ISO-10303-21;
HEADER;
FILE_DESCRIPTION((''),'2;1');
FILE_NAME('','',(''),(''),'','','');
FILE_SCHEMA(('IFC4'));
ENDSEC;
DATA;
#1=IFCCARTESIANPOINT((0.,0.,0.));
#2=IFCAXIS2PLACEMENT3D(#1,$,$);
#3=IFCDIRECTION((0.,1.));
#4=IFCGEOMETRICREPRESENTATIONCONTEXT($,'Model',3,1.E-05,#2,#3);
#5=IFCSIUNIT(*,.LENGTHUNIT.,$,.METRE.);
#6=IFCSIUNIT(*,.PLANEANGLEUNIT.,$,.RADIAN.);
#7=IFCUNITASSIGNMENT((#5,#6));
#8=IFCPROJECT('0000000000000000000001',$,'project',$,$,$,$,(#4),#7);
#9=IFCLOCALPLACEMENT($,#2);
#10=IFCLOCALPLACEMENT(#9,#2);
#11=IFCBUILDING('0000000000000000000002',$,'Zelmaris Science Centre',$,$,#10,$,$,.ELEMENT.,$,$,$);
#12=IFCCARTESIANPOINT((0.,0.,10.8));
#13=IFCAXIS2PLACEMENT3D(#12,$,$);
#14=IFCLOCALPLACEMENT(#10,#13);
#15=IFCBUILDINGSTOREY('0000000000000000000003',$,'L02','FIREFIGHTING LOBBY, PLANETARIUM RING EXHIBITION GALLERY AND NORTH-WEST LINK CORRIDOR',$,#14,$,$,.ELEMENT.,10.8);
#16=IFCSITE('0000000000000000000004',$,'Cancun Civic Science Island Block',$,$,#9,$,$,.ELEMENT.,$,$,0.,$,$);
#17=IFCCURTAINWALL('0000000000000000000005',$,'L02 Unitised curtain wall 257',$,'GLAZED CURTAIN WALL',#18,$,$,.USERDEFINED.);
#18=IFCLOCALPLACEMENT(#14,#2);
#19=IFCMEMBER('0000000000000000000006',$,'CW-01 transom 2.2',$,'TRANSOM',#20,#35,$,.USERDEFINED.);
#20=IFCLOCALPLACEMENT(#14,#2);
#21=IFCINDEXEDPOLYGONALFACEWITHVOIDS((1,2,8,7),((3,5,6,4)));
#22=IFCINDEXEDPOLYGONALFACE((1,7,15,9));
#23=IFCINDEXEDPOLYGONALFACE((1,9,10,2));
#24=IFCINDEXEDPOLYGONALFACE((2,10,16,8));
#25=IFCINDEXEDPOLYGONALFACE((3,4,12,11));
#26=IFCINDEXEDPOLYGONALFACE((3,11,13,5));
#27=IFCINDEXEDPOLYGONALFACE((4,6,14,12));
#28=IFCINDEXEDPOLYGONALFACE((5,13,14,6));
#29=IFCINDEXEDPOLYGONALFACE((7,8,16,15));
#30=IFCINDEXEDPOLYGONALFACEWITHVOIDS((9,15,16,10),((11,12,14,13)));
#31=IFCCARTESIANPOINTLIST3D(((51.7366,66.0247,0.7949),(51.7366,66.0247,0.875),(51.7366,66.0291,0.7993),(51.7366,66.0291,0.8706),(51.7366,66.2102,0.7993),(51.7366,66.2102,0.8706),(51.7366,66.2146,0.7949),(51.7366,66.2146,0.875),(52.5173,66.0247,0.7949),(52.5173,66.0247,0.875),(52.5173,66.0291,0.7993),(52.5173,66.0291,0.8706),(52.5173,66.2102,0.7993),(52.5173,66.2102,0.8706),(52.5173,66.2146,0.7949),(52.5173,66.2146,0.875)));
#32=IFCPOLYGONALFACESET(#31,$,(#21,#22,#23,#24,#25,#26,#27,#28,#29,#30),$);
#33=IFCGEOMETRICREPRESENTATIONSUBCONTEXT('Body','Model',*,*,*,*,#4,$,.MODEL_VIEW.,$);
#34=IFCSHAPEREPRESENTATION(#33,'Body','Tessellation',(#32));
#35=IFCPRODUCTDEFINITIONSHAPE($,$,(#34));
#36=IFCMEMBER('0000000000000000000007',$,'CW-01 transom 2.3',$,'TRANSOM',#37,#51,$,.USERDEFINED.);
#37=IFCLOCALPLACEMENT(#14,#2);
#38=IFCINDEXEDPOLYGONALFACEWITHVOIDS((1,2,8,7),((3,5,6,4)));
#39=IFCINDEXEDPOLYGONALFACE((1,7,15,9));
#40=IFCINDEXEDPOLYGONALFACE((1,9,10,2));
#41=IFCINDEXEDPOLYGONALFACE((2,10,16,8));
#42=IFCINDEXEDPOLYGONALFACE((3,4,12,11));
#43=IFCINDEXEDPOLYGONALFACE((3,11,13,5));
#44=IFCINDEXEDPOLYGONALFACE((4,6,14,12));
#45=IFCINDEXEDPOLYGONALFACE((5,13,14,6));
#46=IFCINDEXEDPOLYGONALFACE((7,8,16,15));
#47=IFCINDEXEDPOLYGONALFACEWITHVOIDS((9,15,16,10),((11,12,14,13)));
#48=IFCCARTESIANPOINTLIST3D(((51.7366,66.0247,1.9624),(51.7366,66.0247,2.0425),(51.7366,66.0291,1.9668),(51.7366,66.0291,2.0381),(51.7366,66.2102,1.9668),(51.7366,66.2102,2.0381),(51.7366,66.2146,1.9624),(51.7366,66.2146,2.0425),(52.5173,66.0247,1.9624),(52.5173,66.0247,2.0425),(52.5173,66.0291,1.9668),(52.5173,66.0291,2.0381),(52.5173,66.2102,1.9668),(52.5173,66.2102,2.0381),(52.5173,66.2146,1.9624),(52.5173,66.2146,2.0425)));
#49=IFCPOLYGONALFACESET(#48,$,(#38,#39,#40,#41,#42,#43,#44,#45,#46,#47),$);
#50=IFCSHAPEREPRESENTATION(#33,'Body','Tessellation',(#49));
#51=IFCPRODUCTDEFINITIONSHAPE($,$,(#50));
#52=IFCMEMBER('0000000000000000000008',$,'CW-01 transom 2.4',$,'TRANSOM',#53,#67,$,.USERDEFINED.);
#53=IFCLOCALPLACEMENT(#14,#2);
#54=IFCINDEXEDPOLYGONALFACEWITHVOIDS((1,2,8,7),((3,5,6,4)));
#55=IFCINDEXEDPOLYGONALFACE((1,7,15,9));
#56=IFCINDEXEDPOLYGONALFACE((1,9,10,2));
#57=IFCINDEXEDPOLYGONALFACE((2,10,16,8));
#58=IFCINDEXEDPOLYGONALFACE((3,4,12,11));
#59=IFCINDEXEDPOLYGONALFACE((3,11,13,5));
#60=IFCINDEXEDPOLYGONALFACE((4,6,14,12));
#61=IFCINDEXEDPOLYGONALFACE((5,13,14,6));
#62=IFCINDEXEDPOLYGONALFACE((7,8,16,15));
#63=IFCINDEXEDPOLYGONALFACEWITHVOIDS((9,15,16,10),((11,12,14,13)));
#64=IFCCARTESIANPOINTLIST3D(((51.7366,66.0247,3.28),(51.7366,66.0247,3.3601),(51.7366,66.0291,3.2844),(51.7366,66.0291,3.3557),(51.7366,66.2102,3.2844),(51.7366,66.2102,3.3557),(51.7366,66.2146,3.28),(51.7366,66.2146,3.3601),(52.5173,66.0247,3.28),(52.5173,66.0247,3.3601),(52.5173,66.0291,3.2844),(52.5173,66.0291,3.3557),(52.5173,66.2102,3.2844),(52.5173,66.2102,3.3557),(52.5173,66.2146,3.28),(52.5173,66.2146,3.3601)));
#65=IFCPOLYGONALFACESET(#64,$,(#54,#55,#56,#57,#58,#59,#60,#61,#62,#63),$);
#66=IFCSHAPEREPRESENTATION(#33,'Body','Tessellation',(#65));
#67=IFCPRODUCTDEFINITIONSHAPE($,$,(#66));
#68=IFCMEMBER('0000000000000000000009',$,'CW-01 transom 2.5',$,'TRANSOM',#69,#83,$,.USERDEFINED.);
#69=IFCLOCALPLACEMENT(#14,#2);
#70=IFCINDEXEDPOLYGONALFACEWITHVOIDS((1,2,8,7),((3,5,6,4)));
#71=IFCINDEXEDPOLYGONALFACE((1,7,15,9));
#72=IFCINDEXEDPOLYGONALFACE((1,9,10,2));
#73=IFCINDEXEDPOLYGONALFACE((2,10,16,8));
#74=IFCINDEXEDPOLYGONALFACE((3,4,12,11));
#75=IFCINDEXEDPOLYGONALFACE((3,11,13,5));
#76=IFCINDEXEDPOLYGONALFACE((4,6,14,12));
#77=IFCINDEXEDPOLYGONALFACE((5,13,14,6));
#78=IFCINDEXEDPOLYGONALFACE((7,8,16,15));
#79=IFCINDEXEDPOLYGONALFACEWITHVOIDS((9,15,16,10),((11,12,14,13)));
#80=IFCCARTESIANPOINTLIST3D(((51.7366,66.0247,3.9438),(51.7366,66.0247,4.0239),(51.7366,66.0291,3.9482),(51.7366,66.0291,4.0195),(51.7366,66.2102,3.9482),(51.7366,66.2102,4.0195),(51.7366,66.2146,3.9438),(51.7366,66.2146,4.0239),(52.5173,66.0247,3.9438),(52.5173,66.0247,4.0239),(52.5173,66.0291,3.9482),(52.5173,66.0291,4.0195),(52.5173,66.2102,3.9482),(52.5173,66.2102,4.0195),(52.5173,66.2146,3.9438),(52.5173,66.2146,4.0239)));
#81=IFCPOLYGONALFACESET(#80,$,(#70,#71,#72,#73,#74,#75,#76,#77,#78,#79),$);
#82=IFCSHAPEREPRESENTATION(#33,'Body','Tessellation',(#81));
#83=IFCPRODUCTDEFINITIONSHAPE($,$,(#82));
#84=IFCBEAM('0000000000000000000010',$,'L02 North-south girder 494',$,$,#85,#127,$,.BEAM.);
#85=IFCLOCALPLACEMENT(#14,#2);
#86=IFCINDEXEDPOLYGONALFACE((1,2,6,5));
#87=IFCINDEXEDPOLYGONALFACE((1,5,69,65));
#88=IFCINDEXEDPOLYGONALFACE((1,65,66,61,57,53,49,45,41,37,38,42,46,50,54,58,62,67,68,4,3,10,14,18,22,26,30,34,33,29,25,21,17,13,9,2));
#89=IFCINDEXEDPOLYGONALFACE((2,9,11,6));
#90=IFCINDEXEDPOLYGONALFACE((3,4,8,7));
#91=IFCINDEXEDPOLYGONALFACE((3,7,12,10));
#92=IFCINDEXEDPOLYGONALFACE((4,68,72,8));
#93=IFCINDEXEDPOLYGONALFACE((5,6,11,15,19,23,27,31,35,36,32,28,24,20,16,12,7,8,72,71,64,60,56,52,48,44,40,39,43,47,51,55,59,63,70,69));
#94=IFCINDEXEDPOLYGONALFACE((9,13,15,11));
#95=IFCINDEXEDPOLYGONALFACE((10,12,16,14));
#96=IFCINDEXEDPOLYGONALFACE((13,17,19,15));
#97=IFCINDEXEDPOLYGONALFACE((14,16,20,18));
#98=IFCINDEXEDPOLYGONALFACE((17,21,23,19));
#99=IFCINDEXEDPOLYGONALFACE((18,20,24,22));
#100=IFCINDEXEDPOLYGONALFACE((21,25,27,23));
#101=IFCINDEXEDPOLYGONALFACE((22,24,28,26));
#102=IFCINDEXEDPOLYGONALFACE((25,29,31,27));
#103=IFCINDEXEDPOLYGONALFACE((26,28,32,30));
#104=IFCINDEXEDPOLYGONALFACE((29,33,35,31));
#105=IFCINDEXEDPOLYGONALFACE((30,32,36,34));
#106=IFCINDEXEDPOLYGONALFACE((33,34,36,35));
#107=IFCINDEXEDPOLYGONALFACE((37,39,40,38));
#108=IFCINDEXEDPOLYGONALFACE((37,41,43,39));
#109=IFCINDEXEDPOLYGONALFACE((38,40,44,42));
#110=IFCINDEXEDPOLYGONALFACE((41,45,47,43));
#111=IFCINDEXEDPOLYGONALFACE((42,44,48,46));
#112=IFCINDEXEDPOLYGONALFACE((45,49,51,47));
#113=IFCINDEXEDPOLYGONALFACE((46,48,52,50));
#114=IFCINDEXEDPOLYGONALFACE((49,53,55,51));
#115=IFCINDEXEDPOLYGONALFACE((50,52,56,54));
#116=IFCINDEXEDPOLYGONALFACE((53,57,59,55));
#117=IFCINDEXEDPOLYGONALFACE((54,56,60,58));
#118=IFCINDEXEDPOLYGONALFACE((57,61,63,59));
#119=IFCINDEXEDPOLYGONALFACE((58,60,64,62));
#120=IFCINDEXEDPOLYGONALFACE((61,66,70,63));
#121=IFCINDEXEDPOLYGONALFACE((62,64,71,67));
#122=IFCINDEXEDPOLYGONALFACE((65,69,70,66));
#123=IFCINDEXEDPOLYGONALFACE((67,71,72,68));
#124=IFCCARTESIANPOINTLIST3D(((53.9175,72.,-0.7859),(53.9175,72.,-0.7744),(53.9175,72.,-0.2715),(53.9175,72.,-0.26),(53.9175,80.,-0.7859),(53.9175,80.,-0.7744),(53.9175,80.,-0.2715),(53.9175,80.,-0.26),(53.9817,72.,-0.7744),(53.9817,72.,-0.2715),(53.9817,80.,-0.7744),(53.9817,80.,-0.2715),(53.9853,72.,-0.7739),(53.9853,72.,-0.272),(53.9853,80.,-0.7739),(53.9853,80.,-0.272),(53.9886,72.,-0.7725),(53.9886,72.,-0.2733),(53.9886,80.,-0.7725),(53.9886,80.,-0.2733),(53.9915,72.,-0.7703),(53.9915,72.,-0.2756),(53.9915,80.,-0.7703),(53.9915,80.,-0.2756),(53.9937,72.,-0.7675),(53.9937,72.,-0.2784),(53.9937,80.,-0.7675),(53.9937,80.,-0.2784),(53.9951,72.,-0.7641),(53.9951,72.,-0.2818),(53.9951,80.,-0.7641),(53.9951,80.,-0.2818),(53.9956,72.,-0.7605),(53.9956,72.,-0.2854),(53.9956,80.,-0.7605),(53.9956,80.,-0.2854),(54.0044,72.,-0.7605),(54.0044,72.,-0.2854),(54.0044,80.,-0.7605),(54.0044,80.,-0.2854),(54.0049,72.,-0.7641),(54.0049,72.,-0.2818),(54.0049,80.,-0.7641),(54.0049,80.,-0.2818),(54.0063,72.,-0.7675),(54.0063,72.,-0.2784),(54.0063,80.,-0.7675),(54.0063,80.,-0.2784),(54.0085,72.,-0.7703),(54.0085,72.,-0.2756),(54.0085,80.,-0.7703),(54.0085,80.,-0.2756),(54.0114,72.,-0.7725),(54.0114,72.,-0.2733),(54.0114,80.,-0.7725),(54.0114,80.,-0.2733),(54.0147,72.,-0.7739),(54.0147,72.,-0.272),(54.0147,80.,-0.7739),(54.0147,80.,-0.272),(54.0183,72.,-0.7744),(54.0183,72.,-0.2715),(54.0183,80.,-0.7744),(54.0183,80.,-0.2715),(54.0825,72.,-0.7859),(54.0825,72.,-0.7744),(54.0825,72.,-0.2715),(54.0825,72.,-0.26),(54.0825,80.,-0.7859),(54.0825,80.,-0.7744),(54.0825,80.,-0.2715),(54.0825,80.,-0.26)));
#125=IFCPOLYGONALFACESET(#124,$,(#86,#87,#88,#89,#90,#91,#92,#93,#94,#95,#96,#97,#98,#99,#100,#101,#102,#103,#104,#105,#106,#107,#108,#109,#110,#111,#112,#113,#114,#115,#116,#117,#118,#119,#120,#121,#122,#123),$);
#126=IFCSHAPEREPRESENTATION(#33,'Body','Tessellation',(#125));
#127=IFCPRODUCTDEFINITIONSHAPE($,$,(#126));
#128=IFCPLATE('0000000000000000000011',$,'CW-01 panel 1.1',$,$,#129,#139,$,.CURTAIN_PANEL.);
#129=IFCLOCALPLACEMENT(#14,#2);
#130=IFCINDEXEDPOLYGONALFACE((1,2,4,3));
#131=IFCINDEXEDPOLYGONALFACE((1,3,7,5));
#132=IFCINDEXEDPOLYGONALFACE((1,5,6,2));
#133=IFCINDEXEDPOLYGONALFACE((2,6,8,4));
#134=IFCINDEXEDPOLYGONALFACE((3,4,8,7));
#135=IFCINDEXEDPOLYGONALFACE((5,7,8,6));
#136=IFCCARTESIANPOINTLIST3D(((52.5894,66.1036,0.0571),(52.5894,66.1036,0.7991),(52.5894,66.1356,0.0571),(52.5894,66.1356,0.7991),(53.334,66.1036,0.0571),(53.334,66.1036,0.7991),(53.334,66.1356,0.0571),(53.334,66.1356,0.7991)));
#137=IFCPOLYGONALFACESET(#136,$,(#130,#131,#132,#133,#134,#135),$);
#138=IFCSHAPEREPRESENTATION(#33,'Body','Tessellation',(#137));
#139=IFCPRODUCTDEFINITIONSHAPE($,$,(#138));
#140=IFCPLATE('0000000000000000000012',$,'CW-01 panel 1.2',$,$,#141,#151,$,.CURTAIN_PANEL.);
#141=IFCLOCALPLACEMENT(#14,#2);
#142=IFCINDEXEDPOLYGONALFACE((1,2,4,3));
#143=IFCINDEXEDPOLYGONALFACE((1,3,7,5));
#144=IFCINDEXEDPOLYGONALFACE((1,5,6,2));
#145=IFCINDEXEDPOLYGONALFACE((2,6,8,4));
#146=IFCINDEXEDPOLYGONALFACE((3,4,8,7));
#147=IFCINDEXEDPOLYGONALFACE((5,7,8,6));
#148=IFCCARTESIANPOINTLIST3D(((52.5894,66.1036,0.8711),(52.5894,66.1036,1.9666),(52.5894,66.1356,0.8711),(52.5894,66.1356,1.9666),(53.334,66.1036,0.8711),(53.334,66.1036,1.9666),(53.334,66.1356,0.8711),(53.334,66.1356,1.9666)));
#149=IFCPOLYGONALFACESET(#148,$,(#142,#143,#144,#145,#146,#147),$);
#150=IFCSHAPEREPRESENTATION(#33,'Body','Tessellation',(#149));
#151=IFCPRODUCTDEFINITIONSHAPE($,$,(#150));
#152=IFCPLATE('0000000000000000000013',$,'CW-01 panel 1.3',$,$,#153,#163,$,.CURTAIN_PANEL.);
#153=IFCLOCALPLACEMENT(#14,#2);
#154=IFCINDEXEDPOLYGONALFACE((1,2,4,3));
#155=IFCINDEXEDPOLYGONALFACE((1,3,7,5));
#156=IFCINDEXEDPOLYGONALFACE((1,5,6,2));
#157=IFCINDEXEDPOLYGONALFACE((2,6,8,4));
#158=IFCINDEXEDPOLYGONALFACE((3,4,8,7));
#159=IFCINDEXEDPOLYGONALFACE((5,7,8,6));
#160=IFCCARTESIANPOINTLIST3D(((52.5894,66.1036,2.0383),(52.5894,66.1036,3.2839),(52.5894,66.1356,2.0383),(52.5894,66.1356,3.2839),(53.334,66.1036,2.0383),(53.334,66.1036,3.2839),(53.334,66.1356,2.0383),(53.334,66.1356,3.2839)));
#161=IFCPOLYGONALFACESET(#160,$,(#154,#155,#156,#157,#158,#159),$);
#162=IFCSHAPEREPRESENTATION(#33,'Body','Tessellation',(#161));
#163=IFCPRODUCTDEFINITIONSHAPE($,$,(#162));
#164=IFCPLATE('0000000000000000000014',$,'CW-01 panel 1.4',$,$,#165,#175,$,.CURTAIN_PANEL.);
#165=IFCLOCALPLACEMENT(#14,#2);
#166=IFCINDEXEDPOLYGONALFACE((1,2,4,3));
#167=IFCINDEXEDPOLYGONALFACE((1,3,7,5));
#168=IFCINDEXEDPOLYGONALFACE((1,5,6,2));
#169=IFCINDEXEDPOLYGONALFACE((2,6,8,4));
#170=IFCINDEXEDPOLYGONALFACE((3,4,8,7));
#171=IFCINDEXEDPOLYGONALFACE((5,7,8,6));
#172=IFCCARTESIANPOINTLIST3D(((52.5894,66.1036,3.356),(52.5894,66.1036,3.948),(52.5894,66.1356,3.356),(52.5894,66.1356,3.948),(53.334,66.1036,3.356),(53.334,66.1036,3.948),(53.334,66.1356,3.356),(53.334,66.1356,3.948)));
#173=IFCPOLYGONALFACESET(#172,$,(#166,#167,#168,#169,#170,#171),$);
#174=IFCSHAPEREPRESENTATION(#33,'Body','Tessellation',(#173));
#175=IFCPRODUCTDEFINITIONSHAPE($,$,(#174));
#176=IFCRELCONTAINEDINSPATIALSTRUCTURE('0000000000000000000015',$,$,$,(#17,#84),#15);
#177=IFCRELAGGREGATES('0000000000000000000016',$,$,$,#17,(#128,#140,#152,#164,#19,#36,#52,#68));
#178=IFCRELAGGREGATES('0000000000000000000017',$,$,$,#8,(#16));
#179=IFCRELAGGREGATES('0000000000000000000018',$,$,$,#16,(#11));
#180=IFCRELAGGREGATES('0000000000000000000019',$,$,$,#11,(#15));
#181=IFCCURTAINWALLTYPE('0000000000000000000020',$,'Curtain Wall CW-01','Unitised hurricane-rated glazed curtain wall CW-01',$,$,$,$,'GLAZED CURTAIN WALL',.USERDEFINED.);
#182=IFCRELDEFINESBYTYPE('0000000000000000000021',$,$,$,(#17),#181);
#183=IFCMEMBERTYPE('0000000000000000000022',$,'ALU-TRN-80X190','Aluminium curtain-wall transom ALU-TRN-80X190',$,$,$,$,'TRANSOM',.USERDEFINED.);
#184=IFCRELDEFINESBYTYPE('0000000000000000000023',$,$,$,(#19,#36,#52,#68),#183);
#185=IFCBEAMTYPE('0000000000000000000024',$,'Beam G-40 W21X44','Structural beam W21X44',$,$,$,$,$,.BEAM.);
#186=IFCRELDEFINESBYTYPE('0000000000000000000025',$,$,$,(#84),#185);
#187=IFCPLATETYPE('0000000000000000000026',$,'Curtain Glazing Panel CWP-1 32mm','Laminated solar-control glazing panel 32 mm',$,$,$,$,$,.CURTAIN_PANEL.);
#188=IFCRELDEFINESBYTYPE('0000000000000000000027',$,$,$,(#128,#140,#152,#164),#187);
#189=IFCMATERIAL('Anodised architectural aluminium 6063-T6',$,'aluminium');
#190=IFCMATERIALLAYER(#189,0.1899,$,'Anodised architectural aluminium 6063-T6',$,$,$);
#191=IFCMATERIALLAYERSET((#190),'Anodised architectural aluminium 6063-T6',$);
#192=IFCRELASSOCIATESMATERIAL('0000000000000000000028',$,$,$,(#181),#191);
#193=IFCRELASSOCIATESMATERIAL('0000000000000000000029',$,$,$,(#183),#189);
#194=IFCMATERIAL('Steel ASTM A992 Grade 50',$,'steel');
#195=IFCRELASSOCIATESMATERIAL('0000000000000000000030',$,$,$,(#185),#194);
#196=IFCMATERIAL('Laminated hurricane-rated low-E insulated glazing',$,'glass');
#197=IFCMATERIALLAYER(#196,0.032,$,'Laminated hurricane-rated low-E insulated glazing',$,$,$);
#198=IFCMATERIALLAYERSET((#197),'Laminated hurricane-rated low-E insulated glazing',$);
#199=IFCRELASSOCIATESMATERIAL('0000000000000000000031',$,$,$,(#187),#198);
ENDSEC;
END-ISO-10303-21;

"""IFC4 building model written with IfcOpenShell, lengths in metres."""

from ifc_helpers import new_model, si_unit, direction, frame, origin, origin_2d, place, context, subcontext, project, spatial, rectangle, hollow_rectangle, i_section, extrude, material, layer, layer_set, material_profile, profile_set, type_object, element, aggregate, save


model = new_model("IFC4")

# Units and contexts
model_context = context("Model", 3, precision=1e-05, world=origin(), true_north=direction((0.0, 1.0)))
body_context = subcontext(model_context, "Body", "Model", "MODEL_VIEW")
ifc_project = project(units=[si_unit("LENGTHUNIT", "METRE"), si_unit("PLANEANGLEUNIT", "RADIAN")], contexts=[model_context])

# Site, building, storey
site_placement = place(None, origin())
site = spatial("IfcSite", under=ifc_project, at=site_placement, Name="Cancun Civic Science Island Block", CompositionType="ELEMENT", RefElevation=0.0)
building_placement = place(site_placement, origin())
building = spatial("IfcBuilding", under=site, at=building_placement, Name="Zelmaris Science Centre", CompositionType="ELEMENT")
storey_placement = place(building_placement, frame((0.0, 0.0, 10.8)))
storey = spatial("IfcBuildingStorey", under=building, at=storey_placement, Name="L02", Description="FIREFIGHTING LOBBY, PLANETARIUM RING EXHIBITION GALLERY AND NORTH-WEST LINK CORRIDOR", CompositionType="ELEMENT", Elevation=10.8)

# Shared definitions
ifc_material_1 = material(Name="Steel ASTM A992 Grade 50", Category="steel")

# Curtain wall, members
ifc_material_2 = material(Name="Anodised architectural aluminium 6063-T6", Category="aluminium")
ifc_layer_1 = layer(ifc_material_2, 0.1899, Name="Anodised architectural aluminium 6063-T6")
ifc_layer_set_1 = layer_set([ifc_layer_1], Name="Anodised architectural aluminium 6063-T6")
curtain_wall_type = type_object("IfcCurtainWallType", Name="Curtain Wall CW-01", Description="Unitised hurricane-rated glazed curtain wall CW-01", ElementType="GLAZED CURTAIN WALL", PredefinedType="USERDEFINED", material=ifc_layer_set_1)
curtain_wall_placement = place(storey_placement, origin())
curtain_wall = element("IfcCurtainWall", 1, at=curtain_wall_placement, inside=storey, type_object=curtain_wall_type, Name="L02 Unitised curtain wall 257", ObjectType="GLAZED CURTAIN WALL", PredefinedType="USERDEFINED")
ifc_material_profile_1 = material_profile(ifc_material_2, hollow_rectangle(XDim=0.0801, YDim=0.1899, WallThickness=0.0044, at=origin_2d()), Name="ALU-TRN-80X190")
ifc_profile_set_1 = profile_set([ifc_material_profile_1], Name="Anodised architectural aluminium 6063-T6")
member_type_1 = type_object("IfcMemberType", Name="ALU-TRN-80X190", Description="Aluminium curtain-wall transom ALU-TRN-80X190", ElementType="TRANSOM", PredefinedType="USERDEFINED", material=ifc_profile_set_1)
member_1_placement = place(storey_placement, frame((52.5173, 66.1196, 0.835), z_axis=(-1.0, 0.0, 0.0), x_axis=(0.0, 0.0, 1.0)))
member_1 = element("IfcMember", 2, at=member_1_placement, type_object=member_type_1, Name="CW-01 transom 2.2", ObjectType="TRANSOM", PredefinedType="USERDEFINED", context=body_context, shape_type="SweptSolid", body=[
    extrude(hollow_rectangle(XDim=0.0801, YDim=0.1899, WallThickness=0.0044, at=origin_2d()), origin(), (0.0, 0.0, 1.0), 0.7808),
])
member_2_placement = place(storey_placement, frame((52.5173, 66.1196, 2.0024), z_axis=(-1.0, 0.0, 0.0), x_axis=(0.0, 0.0, 1.0)))
member_2 = element("IfcMember", 3, at=member_2_placement, type_object=member_type_1, Name="CW-01 transom 2.3", ObjectType="TRANSOM", PredefinedType="USERDEFINED", context=body_context, shape_type="SweptSolid", body=[
    extrude(hollow_rectangle(XDim=0.0801, YDim=0.1899, WallThickness=0.0044, at=origin_2d()), origin(), (0.0, 0.0, 1.0), 0.7808),
])
member_3_placement = place(storey_placement, frame((52.5173, 66.1196, 3.3201), z_axis=(-1.0, 0.0, 0.0), x_axis=(0.0, 0.0, 1.0)))
member_3 = element("IfcMember", 4, at=member_3_placement, type_object=member_type_1, Name="CW-01 transom 2.4", ObjectType="TRANSOM", PredefinedType="USERDEFINED", context=body_context, shape_type="SweptSolid", body=[
    extrude(hollow_rectangle(XDim=0.0801, YDim=0.1899, WallThickness=0.0044, at=origin_2d()), origin(), (0.0, 0.0, 1.0), 0.7808),
])
member_4_placement = place(storey_placement, frame((52.5173, 66.1196, 3.9839), z_axis=(-1.0, 0.0, 0.0), x_axis=(0.0, 0.0, 1.0)))
member_4 = element("IfcMember", 5, at=member_4_placement, type_object=member_type_1, Name="CW-01 transom 2.5", ObjectType="TRANSOM", PredefinedType="USERDEFINED", context=body_context, shape_type="SweptSolid", body=[
    extrude(hollow_rectangle(XDim=0.0801, YDim=0.1899, WallThickness=0.0044, at=origin_2d()), origin(), (0.0, 0.0, 1.0), 0.7808),
])

# Beam
ifc_material_profile_2 = material_profile(ifc_material_1, i_section(OverallWidth=0.165, OverallDepth=0.5259, WebThickness=0.0088, FlangeThickness=0.0115, FilletRadius=0.0139, at=origin_2d()), Name="W21X44")
ifc_profile_set_2 = profile_set([ifc_material_profile_2], Name="Steel ASTM A992 Grade 50")
beam_type = type_object("IfcBeamType", Name="Beam G-40 W21X44", Description="Structural beam W21X44", PredefinedType="BEAM", material=ifc_profile_set_2)
beam_placement = place(storey_placement, frame((54.0, 72.0, -0.5229), z_axis=(0.0, 1.0, 0.0), x_axis=(-1.0, 0.0, 0.0)))
element("IfcBeam", 6, at=beam_placement, inside=storey, type_object=beam_type, Name="L02 North-south girder 494", PredefinedType="BEAM", context=body_context, shape_type="SweptSolid", body=[
    extrude(i_section(OverallWidth=0.165, OverallDepth=0.5259, WebThickness=0.0088, FlangeThickness=0.0115, FilletRadius=0.0139, at=origin_2d()), origin(), (0.0, 0.0, 1.0), 8.0),
])

# Plates
ifc_material_3 = material(Name="Laminated hurricane-rated low-E insulated glazing", Category="glass")
ifc_layer_2 = layer(ifc_material_3, 0.032, Name="Laminated hurricane-rated low-E insulated glazing")
ifc_layer_set_2 = layer_set([ifc_layer_2], Name="Laminated hurricane-rated low-E insulated glazing")
plate_type = type_object("IfcPlateType", Name="Curtain Glazing Panel CWP-1 32mm", Description="Laminated solar-control glazing panel 32 mm", PredefinedType="CURTAIN_PANEL", material=ifc_layer_set_2)
plate_1_placement = place(storey_placement, frame((52.9617, 66.1196, 0.0571), z_axis=(0.0, 0.0, 1.0), x_axis=(-1.0, 0.0, 0.0)))
plate_1 = element("IfcPlate", 7, at=plate_1_placement, type_object=plate_type, Name="CW-01 panel 1.1", PredefinedType="CURTAIN_PANEL", context=body_context, shape_type="SweptSolid", body=[
    extrude(rectangle(XDim=0.7446, YDim=0.032, at=origin_2d()), origin(), (0.0, 0.0, 1.0), 0.7419),
])
plate_2_placement = place(storey_placement, frame((52.9617, 66.1196, 0.8711), z_axis=(0.0, 0.0, 1.0), x_axis=(-1.0, 0.0, 0.0)))
plate_2 = element("IfcPlate", 8, at=plate_2_placement, type_object=plate_type, Name="CW-01 panel 1.2", PredefinedType="CURTAIN_PANEL", context=body_context, shape_type="SweptSolid", body=[
    extrude(rectangle(XDim=0.7446, YDim=0.032, at=origin_2d()), origin(), (0.0, 0.0, 1.0), 1.0955),
])
plate_3_placement = place(storey_placement, frame((52.9617, 66.1196, 2.0383), z_axis=(0.0, 0.0, 1.0), x_axis=(-1.0, 0.0, 0.0)))
plate_3 = element("IfcPlate", 9, at=plate_3_placement, type_object=plate_type, Name="CW-01 panel 1.3", PredefinedType="CURTAIN_PANEL", context=body_context, shape_type="SweptSolid", body=[
    extrude(rectangle(XDim=0.7446, YDim=0.032, at=origin_2d()), origin(), (0.0, 0.0, 1.0), 1.2456),
])
plate_4_placement = place(storey_placement, frame((52.9617, 66.1196, 3.356), z_axis=(0.0, 0.0, 1.0), x_axis=(-1.0, 0.0, 0.0)))
plate_4 = element("IfcPlate", 10, at=plate_4_placement, type_object=plate_type, Name="CW-01 panel 1.4", PredefinedType="CURTAIN_PANEL", context=body_context, shape_type="SweptSolid", body=[
    extrude(rectangle(XDim=0.7446, YDim=0.032, at=origin_2d()), origin(), (0.0, 0.0, 1.0), 0.592),
])
aggregate(curtain_wall, [plate_1, plate_2, plate_3, plate_4, member_1, member_2, member_3, member_4])

save(model, "model.ifc")
